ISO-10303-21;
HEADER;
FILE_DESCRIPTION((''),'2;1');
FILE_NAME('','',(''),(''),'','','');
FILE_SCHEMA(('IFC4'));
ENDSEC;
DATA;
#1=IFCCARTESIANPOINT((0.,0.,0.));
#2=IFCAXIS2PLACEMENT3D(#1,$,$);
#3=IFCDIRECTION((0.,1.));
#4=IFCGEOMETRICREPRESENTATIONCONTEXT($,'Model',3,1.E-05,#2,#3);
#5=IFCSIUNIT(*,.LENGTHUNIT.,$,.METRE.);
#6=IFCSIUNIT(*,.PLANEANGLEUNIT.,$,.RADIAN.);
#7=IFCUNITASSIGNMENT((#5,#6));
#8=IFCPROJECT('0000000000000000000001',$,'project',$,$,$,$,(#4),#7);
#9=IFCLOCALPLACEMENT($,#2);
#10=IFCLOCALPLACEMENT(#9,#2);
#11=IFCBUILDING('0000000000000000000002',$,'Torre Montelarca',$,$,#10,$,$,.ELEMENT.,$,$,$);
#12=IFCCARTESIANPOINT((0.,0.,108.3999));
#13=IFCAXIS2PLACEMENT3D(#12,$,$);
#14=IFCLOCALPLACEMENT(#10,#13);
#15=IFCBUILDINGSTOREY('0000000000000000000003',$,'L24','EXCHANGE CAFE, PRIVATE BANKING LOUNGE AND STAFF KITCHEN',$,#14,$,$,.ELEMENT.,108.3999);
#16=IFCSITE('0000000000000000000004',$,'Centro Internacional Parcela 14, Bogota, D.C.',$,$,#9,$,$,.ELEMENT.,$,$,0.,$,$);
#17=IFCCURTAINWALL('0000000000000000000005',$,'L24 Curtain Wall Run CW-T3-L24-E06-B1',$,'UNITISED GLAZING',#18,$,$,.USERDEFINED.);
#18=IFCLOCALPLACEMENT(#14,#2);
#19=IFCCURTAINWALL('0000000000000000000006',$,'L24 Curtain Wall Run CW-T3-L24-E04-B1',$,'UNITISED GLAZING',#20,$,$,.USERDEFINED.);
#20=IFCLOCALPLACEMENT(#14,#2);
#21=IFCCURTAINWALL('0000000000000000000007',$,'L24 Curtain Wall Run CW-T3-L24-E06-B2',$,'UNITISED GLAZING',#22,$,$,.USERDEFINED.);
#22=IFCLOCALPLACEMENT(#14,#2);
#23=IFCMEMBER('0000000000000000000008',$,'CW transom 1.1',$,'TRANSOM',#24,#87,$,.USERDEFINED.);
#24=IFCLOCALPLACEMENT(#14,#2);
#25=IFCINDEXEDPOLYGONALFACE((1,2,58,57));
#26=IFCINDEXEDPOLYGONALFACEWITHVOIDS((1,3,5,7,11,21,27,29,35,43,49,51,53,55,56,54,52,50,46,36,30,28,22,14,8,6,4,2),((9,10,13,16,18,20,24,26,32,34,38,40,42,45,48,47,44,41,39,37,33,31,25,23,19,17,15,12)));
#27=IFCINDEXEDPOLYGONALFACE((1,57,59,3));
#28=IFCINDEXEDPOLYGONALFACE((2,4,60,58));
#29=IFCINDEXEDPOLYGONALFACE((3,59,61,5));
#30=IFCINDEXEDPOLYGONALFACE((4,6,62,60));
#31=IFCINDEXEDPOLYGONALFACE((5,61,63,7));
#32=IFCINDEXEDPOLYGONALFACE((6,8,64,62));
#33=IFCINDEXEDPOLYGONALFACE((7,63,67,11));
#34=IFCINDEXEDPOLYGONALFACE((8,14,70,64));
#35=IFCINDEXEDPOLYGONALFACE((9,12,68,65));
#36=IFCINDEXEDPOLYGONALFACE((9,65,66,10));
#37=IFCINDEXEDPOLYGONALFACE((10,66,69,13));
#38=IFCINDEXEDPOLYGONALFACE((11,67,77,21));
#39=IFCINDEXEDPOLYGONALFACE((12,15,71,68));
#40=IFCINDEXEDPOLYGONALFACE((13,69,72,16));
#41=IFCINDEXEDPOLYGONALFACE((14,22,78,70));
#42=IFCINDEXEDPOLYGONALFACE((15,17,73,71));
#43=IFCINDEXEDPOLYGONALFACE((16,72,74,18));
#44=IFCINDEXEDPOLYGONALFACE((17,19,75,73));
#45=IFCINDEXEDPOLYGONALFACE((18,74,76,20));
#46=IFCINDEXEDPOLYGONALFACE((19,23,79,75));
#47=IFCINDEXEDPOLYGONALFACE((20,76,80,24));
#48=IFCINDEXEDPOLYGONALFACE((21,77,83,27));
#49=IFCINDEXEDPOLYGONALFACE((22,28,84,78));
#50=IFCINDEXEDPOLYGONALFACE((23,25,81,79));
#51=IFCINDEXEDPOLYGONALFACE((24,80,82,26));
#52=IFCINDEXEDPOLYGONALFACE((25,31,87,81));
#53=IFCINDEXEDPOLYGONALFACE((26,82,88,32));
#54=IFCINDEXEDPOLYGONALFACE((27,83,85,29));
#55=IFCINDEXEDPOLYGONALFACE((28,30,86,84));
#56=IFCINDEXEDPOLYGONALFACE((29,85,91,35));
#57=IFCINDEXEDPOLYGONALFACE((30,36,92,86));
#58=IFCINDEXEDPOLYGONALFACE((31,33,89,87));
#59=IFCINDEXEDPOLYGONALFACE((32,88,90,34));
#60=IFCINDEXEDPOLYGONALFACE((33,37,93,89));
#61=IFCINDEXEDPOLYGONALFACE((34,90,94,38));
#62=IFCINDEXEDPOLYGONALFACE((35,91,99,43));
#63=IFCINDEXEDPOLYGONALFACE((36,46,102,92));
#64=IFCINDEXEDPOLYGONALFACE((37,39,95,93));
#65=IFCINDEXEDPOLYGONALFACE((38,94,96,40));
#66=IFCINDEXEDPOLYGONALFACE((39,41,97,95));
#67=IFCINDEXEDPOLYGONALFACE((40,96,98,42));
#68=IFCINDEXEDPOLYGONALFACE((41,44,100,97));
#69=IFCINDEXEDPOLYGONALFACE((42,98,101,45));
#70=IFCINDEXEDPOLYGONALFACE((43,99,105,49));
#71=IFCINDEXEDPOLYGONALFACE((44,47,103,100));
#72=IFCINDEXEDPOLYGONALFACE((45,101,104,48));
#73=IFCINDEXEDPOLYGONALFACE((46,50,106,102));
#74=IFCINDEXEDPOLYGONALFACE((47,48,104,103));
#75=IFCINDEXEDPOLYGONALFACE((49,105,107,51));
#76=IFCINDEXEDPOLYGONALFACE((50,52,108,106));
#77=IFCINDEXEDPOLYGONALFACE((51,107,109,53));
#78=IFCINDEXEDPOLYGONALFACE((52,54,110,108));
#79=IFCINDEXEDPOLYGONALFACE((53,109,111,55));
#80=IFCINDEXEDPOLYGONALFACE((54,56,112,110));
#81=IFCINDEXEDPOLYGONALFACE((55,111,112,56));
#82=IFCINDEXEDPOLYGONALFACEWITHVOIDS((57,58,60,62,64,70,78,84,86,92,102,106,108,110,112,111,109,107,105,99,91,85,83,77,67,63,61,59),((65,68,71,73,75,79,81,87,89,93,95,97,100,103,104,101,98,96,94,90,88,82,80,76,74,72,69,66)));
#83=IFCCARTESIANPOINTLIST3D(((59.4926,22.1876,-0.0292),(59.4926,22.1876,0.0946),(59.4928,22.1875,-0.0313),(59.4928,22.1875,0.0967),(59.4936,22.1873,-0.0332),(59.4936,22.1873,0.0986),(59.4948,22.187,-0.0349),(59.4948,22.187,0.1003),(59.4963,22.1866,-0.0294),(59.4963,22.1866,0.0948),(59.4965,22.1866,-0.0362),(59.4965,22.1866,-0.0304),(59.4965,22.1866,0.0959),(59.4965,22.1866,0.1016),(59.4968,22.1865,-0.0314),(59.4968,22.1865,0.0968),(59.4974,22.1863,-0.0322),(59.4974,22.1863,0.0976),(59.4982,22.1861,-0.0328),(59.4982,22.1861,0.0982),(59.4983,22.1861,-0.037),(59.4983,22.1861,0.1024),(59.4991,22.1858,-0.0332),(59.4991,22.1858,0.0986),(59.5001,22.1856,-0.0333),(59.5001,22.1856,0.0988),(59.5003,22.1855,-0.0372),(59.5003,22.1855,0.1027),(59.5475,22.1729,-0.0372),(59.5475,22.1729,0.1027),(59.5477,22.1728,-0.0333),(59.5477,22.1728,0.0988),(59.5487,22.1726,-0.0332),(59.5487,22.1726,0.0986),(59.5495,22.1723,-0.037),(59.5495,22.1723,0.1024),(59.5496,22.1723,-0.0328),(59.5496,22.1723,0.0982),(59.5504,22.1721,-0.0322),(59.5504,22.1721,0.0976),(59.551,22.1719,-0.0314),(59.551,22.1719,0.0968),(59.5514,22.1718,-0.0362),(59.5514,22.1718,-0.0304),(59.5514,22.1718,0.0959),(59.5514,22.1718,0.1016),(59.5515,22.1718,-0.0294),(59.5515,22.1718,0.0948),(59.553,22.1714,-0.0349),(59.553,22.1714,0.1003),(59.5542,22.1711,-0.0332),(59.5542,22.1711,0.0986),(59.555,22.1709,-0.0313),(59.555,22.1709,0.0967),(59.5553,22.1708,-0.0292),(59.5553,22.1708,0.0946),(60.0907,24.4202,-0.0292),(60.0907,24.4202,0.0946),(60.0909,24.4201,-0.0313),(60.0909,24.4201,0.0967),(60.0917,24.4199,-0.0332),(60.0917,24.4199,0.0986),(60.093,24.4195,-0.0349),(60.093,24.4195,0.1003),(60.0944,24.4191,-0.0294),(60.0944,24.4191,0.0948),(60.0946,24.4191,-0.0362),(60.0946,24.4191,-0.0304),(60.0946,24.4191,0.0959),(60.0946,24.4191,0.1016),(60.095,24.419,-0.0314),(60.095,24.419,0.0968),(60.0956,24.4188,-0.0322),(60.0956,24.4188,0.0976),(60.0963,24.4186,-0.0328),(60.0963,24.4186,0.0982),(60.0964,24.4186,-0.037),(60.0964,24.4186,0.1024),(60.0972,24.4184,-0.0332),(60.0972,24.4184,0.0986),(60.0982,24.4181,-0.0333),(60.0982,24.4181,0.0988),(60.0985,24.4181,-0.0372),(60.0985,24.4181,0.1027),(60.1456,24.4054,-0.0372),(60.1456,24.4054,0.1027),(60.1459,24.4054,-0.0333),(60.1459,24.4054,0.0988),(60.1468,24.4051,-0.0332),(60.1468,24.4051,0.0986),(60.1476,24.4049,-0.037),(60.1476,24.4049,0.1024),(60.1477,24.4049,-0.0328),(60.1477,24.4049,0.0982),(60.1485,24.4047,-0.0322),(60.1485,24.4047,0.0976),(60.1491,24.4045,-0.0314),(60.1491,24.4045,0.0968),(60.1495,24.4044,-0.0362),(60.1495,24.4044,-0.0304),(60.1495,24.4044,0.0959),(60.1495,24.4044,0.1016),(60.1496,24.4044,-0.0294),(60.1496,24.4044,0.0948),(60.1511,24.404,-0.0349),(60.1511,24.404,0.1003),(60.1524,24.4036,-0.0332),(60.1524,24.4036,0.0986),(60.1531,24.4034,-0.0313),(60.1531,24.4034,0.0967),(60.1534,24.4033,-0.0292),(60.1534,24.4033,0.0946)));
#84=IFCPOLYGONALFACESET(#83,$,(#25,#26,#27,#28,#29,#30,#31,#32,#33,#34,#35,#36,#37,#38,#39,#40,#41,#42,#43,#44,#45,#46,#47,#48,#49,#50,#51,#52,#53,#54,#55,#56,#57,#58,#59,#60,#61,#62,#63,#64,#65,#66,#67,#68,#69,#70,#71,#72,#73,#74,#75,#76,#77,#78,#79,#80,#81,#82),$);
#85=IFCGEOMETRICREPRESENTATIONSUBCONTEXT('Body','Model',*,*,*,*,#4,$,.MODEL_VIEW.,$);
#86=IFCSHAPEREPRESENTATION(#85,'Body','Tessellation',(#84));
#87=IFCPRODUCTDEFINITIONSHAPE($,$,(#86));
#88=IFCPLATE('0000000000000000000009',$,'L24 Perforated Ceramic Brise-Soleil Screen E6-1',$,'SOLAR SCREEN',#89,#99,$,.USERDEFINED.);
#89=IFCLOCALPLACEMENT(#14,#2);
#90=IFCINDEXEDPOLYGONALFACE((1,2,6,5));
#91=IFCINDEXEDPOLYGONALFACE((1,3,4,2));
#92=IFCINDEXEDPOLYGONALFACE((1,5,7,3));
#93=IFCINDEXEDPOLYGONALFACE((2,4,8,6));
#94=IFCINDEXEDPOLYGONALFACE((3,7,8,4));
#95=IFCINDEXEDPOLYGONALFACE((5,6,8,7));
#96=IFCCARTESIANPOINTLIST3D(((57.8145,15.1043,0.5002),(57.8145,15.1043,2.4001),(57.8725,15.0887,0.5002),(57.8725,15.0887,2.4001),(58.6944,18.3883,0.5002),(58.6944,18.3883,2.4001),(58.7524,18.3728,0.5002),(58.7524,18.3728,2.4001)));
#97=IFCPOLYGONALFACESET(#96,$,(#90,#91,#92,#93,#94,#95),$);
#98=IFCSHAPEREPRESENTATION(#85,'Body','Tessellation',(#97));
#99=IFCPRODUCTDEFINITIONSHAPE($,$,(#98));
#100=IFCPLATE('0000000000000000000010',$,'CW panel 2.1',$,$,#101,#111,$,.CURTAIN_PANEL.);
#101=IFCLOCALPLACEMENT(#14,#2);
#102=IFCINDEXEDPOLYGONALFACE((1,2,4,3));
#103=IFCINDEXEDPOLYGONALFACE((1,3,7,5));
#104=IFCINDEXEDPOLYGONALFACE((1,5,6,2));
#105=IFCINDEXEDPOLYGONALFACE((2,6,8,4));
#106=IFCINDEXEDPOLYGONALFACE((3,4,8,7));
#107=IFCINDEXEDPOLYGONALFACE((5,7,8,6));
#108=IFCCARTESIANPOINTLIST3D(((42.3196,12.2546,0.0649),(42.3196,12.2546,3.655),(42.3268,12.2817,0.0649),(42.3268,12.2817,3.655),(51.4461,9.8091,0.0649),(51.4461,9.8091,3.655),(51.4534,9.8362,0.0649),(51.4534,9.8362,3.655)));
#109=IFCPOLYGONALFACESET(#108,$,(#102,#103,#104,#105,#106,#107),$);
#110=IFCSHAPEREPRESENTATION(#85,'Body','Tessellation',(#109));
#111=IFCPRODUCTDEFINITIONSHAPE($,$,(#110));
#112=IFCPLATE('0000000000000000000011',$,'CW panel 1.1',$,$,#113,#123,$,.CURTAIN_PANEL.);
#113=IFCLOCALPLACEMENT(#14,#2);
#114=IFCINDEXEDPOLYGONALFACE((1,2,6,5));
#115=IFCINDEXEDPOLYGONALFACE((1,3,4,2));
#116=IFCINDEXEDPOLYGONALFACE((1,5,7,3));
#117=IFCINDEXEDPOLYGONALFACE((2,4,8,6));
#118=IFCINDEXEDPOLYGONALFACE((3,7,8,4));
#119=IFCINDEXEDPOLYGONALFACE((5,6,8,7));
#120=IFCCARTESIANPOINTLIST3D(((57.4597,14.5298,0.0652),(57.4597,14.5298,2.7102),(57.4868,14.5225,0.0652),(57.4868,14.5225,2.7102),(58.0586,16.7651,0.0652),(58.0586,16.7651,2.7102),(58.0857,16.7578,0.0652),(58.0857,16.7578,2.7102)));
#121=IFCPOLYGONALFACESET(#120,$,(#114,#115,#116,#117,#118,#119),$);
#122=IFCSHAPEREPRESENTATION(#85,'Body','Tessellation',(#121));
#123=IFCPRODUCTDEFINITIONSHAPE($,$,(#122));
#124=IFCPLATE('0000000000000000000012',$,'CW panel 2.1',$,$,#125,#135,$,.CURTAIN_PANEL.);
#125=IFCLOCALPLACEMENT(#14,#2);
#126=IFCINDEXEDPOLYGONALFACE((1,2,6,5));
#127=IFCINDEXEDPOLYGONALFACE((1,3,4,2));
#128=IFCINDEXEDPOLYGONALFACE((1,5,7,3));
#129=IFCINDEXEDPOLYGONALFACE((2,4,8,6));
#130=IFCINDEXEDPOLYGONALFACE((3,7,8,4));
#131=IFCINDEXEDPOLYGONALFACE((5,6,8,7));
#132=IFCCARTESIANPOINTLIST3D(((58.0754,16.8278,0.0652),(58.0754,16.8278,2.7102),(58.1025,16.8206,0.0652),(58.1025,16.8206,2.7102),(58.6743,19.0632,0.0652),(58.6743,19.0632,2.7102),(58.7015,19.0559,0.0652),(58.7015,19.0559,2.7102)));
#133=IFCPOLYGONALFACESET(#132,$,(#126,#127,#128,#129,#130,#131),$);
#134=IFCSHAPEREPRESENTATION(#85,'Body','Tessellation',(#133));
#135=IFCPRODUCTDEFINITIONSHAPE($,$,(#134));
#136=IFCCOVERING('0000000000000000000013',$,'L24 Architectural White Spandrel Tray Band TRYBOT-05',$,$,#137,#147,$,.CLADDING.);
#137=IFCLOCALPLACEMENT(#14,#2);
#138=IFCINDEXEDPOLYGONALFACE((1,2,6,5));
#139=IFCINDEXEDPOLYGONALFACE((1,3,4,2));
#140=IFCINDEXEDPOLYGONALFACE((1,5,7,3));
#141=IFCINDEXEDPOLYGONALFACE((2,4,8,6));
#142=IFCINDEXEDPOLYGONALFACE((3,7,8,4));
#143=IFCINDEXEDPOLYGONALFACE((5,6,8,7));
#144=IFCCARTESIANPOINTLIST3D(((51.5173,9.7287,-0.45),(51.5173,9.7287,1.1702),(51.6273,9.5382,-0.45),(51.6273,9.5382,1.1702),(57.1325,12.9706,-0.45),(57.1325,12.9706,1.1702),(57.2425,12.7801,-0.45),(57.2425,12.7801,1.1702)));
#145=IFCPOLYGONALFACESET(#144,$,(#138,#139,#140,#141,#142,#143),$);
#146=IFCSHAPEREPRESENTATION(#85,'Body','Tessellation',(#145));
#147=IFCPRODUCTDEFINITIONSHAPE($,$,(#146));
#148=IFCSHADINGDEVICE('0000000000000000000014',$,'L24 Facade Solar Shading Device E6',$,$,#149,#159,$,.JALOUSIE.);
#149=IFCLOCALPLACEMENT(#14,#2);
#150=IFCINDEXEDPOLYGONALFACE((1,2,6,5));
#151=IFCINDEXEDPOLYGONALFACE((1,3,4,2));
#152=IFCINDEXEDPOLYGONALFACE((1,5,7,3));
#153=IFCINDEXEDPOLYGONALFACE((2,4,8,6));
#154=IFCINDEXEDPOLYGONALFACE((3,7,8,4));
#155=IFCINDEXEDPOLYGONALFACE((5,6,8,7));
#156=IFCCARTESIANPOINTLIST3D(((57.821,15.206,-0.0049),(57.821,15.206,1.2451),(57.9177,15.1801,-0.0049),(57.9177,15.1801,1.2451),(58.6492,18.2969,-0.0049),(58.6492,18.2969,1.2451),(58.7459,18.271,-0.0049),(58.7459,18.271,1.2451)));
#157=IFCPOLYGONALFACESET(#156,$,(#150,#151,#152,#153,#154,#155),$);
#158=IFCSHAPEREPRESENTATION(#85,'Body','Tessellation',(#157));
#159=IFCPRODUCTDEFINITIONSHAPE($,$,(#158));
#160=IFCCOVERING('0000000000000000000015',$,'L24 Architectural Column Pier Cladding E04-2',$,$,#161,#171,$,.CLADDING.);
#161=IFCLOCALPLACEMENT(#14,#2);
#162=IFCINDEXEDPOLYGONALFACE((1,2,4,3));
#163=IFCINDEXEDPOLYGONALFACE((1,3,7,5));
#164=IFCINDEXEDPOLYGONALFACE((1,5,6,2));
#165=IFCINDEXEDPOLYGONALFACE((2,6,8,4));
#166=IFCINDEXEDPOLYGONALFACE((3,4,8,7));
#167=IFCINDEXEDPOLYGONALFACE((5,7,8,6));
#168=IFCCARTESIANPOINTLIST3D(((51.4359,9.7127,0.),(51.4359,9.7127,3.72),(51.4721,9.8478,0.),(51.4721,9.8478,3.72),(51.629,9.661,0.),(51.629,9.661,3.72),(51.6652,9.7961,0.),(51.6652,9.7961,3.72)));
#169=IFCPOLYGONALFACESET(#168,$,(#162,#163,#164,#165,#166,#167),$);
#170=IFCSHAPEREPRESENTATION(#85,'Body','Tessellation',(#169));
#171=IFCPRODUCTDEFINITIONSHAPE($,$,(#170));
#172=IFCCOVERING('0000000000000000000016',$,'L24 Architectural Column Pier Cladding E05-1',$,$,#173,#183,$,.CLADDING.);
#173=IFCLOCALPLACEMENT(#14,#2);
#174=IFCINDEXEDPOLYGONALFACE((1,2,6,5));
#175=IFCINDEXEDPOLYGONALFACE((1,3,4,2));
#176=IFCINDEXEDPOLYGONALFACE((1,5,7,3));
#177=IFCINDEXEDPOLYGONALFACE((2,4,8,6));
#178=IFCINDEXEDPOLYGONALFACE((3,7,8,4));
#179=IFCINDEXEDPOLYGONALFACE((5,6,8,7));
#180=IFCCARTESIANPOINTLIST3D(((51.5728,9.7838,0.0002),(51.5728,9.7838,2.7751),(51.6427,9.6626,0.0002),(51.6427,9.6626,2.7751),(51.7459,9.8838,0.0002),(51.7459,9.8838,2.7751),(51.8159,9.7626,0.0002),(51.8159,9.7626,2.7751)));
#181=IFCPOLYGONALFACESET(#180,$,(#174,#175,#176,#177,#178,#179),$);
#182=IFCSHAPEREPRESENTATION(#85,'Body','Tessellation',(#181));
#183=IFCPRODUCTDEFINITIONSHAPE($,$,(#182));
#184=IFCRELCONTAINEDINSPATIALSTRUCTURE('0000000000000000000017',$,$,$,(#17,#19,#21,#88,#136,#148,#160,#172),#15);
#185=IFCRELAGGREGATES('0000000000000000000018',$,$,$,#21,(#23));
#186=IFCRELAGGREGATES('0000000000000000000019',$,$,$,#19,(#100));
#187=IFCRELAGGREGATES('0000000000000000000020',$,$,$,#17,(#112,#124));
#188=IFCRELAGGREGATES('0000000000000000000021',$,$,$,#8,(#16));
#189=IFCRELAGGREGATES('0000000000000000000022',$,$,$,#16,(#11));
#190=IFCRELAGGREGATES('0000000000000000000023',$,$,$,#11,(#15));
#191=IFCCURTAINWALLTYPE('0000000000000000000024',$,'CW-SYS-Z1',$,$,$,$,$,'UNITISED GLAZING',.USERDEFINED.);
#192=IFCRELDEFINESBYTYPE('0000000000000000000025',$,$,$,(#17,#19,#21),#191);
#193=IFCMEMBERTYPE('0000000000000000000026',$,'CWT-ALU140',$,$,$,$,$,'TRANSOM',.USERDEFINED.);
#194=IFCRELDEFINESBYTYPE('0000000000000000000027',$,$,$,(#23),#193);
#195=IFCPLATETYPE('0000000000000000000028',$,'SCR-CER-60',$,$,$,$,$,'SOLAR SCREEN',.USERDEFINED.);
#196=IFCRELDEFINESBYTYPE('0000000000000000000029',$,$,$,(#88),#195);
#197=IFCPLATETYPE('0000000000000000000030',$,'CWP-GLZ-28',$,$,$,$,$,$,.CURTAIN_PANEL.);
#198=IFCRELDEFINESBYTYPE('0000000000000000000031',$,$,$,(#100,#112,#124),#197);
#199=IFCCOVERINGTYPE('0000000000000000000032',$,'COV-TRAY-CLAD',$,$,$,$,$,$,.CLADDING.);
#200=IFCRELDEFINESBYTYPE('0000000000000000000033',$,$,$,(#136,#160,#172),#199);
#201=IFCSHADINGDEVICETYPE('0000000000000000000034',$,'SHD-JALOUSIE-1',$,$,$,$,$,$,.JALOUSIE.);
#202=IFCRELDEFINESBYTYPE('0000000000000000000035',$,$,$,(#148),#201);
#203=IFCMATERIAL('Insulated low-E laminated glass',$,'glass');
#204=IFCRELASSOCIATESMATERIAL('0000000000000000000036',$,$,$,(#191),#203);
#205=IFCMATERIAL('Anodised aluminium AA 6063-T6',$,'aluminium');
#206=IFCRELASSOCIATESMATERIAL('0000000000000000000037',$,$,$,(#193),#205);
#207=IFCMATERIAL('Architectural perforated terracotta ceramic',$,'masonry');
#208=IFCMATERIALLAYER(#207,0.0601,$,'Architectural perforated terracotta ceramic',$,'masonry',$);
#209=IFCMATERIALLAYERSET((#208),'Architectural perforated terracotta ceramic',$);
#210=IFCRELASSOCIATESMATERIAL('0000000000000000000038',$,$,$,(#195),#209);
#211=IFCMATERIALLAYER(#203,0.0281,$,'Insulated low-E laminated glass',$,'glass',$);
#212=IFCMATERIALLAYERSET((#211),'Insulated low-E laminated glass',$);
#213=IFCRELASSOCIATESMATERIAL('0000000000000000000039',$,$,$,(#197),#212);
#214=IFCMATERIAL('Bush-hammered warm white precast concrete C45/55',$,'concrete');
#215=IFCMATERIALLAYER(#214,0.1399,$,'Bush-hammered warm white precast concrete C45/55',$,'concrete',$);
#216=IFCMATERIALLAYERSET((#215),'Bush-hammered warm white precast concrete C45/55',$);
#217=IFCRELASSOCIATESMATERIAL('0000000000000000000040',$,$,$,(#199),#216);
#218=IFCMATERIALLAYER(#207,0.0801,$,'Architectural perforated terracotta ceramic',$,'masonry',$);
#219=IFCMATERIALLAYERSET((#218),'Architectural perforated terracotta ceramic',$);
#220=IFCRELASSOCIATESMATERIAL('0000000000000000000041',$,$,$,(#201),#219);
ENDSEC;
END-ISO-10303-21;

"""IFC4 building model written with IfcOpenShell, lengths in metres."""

from ifc_helpers import new_model, si_unit, direction, frame, origin, origin_2d, place, context, subcontext, project, spatial, rectangle, hollow_rectangle, extrude, source, transform, mapped, material, layer, layer_set, material_profile, profile_set, type_object, element, aggregate, save


model = new_model("IFC4")

# Units and contexts
model_context = context("Model", 3, precision=1e-05, world=origin(), true_north=direction((0.0, 1.0)))
body_context = subcontext(model_context, "Body", "Model", "MODEL_VIEW")
ifc_project = project(units=[si_unit("LENGTHUNIT", "METRE"), si_unit("PLANEANGLEUNIT", "RADIAN")], contexts=[model_context])

# Site, building, storey
site_placement = place(None, origin())
site = spatial("IfcSite", under=ifc_project, at=site_placement, Name="Centro Internacional Parcela 14, Bogota, D.C.", CompositionType="ELEMENT", RefElevation=0.0)
building_placement = place(site_placement, origin())
building = spatial("IfcBuilding", under=site, at=building_placement, Name="Torre Montelarca", CompositionType="ELEMENT")
storey_placement = place(building_placement, frame((0.0, 0.0, 108.3999)))
storey = spatial("IfcBuildingStorey", under=building, at=storey_placement, Name="L24", Description="EXCHANGE CAFE, PRIVATE BANKING LOUNGE AND STAFF KITCHEN", CompositionType="ELEMENT", Elevation=108.3999)

# Curtain wall
ifc_material_1 = material(Name="Insulated low-E laminated glass", Category="glass")
curtain_wall_type = type_object("IfcCurtainWallType", Name="CW-SYS-Z1", ElementType="UNITISED GLAZING", PredefinedType="USERDEFINED", material=ifc_material_1)
curtain_wall_1_placement = place(storey_placement, origin())
curtain_wall_1 = element("IfcCurtainWall", 1, at=curtain_wall_1_placement, inside=storey, type_object=curtain_wall_type, Name="L24 Curtain Wall Run CW-T3-L24-E06-B1", ObjectType="UNITISED GLAZING", PredefinedType="USERDEFINED")
ifc_material_2 = material(Name="Anodised aluminium AA 6063-T6", Category="aluminium")
ifc_material_profile_1 = material_profile(ifc_material_2, hollow_rectangle(XDim=0.0649, YDim=0.1399, WallThickness=0.0039, InnerFilletRadius=0.0039, OuterFilletRadius=0.0081, at=origin_2d()), Name="ALU65X140X4", Category="aluminium")
ifc_profile_set_1 = profile_set([ifc_material_profile_1], Name="Anodised aluminium AA 6063-T6")
member_type_1 = type_object("IfcMemberType", Name="CWT-ALU140", ElementType="TRANSOM", PredefinedType="USERDEFINED", material=ifc_profile_set_1)

# Curtain wall
curtain_wall_2_placement = place(storey_placement, origin())
curtain_wall_2 = element("IfcCurtainWall", 2, at=curtain_wall_2_placement, inside=storey, type_object=curtain_wall_type, Name="L24 Curtain Wall Run CW-T3-L24-E04-B1", ObjectType="UNITISED GLAZING", PredefinedType="USERDEFINED")

# Curtain wall
curtain_wall_3_placement = place(storey_placement, origin())
curtain_wall_3 = element("IfcCurtainWall", 3, at=curtain_wall_3_placement, inside=storey, type_object=curtain_wall_type, Name="L24 Curtain Wall Run CW-T3-L24-E06-B2", ObjectType="UNITISED GLAZING", PredefinedType="USERDEFINED")

# Member
shared_shape_1 = source(origin(), body_context, "Body", "SweptSolid", [
    extrude(hollow_rectangle(XDim=0.0649, YDim=0.1399, WallThickness=0.0039, InnerFilletRadius=0.0039, OuterFilletRadius=0.0081, at=origin_2d()), origin(), (0.0, 0.0, 1.0), 2.3113),
])
member_1_placement = place(storey_placement, frame((59.5239, 22.1792, 0.0327), z_axis=(0.25878, 0.965936, 0.0), x_axis=(-0.965936, 0.25878, 0.0)))
member_1 = element("IfcMember", 4, at=member_1_placement, type_object=member_type_1, Name="CW transom 1.1", ObjectType="TRANSOM", PredefinedType="USERDEFINED", context=body_context, shape_type="MappedRepresentation", body=[
    mapped(shared_shape_1, transform((0.0, 0.0, 0.0), scale=1.0)),
])
aggregate(curtain_wall_3, [member_1])

# Plates
ifc_material_3 = material(Name="Architectural perforated terracotta ceramic", Category="masonry")
ifc_layer_1 = layer(ifc_material_3, 0.0601, Name="Architectural perforated terracotta ceramic", Category="masonry")
ifc_layer_set_1 = layer_set([ifc_layer_1], Name="Architectural perforated terracotta ceramic")
plate_type_1 = type_object("IfcPlateType", Name="SCR-CER-60", ElementType="SOLAR SCREEN", PredefinedType="USERDEFINED", material=ifc_layer_set_1)
shared_shape_2 = source(origin(), body_context, "Body", "SweptSolid", [
    extrude(rectangle(XDim=3.3999, YDim=0.0601, at=origin_2d()), origin(), (0.0, 0.0, 1.0), 1.8999),
])
plate_1_placement = place(storey_placement, frame((58.2834, 16.7385, 0.5002), z_axis=(0.0, 0.0, 1.0), x_axis=(0.258819, 0.965926, 0.0)))
element("IfcPlate", 5, at=plate_1_placement, inside=storey, type_object=plate_type_1, Name="L24 Perforated Ceramic Brise-Soleil Screen E6-1", ObjectType="SOLAR SCREEN", PredefinedType="USERDEFINED", context=body_context, shape_type="MappedRepresentation", body=[
    mapped(shared_shape_2, transform((0.0, 0.0, 0.0), scale=1.0)),
])
ifc_layer_2 = layer(ifc_material_1, 0.0281, Name="Insulated low-E laminated glass", Category="glass")
ifc_layer_set_2 = layer_set([ifc_layer_2], Name="Insulated low-E laminated glass")
plate_type_2 = type_object("IfcPlateType", Name="CWP-GLZ-28", PredefinedType="CURTAIN_PANEL", material=ifc_layer_set_2)
shared_shape_3 = source(origin(), body_context, "Body", "SweptSolid", [
    extrude(rectangle(XDim=9.4485, YDim=0.0281, at=origin_2d()), origin(), (0.0, 0.0, 1.0), 3.5901),
])
plate_2_placement = place(storey_placement, frame((46.8865, 11.0454, 0.0649), z_axis=(0.0, 0.0, 1.0), x_axis=(0.965925, -0.258823, 0.0)))
plate_2 = element("IfcPlate", 6, at=plate_2_placement, type_object=plate_type_2, Name="CW panel 2.1", PredefinedType="CURTAIN_PANEL", context=body_context, shape_type="MappedRepresentation", body=[
    mapped(shared_shape_3, transform((0.0, 0.0, 0.0), scale=1.0)),
])
aggregate(curtain_wall_2, [plate_2])
shared_shape_4 = source(origin(), body_context, "Body", "SweptSolid", [
    extrude(rectangle(XDim=2.3142, YDim=0.0281, at=origin_2d()), origin(), (0.0, 0.0, 1.0), 2.645),
])
plate_3_placement = place(storey_placement, frame((57.7727, 15.6438, 0.0652), z_axis=(0.0, 0.0, 1.0), x_axis=(0.258813, 0.965927, 0.0)))
plate_3 = element("IfcPlate", 7, at=plate_3_placement, type_object=plate_type_2, Name="CW panel 1.1", PredefinedType="CURTAIN_PANEL", context=body_context, shape_type="MappedRepresentation", body=[
    mapped(shared_shape_4, transform((0.0, 0.0, 0.0), scale=1.0)),
])
plate_4_placement = place(storey_placement, frame((58.3884, 17.9419, 0.0652), z_axis=(0.0, 0.0, 1.0), x_axis=(0.258813, 0.965927, 0.0)))
plate_4 = element("IfcPlate", 8, at=plate_4_placement, type_object=plate_type_2, Name="CW panel 2.1", PredefinedType="CURTAIN_PANEL", context=body_context, shape_type="MappedRepresentation", body=[
    mapped(shared_shape_4, transform((0.0, 0.0, 0.0), scale=1.0)),
])
aggregate(curtain_wall_1, [plate_3, plate_4])

# Covering
ifc_material_4 = material(Name="Bush-hammered warm white precast concrete C45/55", Category="concrete")
ifc_layer_3 = layer(ifc_material_4, 0.1399, Name="Bush-hammered warm white precast concrete C45/55", Category="concrete")
ifc_layer_set_3 = layer_set([ifc_layer_3], Name="Bush-hammered warm white precast concrete C45/55")
covering_type = type_object("IfcCoveringType", Name="COV-TRAY-CLAD", PredefinedType="CLADDING", material=ifc_layer_set_3)
shared_shape_5 = source(origin(), body_context, "Body", "SweptSolid", [
    extrude(rectangle(XDim=6.4839, YDim=0.22, at=origin_2d()), origin(), (0.0, 0.0, 1.0), 1.6201),
])
covering_1_placement = place(storey_placement, frame((54.3799, 11.2544, -0.45), z_axis=(0.0, 0.0, 1.0), x_axis=(0.866026, 0.499998, 0.0)))
element("IfcCovering", 9, at=covering_1_placement, inside=storey, type_object=covering_type, Name="L24 Architectural White Spandrel Tray Band TRYBOT-05", PredefinedType="CLADDING", context=body_context, shape_type="MappedRepresentation", body=[
    mapped(shared_shape_5, transform((0.0, 0.0, 0.0), scale=1.0)),
])

# Shading device
ifc_layer_4 = layer(ifc_material_3, 0.0801, Name="Architectural perforated terracotta ceramic", Category="masonry")
ifc_layer_set_4 = layer_set([ifc_layer_4], Name="Architectural perforated terracotta ceramic")
shading_device_type = type_object("IfcShadingDeviceType", Name="SHD-JALOUSIE-1", PredefinedType="JALOUSIE", material=ifc_layer_set_4)
shared_shape_6 = source(origin(), body_context, "Body", "SweptSolid", [
    extrude(rectangle(XDim=3.2, YDim=0.1001, at=origin_2d()), origin(), (0.0, 0.0, 1.0), 1.25),
])
shading_device_placement = place(storey_placement, frame((58.2834, 16.7385, -0.0049), z_axis=(0.0, 0.0, 1.0), x_axis=(0.258819, 0.965926, 0.0)))
element("IfcShadingDevice", 10, at=shading_device_placement, inside=storey, type_object=shading_device_type, Name="L24 Facade Solar Shading Device E6", PredefinedType="JALOUSIE", context=body_context, shape_type="MappedRepresentation", body=[
    mapped(shared_shape_6, transform((0.0, 0.0, 0.0), scale=1.0)),
])

# Coverings
shared_shape_7 = source(origin(), body_context, "Body", "SweptSolid", [
    extrude(rectangle(XDim=0.2, YDim=0.1399, at=origin_2d()), origin(), (0.0, 0.0, 1.0), 3.72),
])
covering_2_placement = place(storey_placement, frame((51.5505, 9.7544, 0.0), z_axis=(0.0, 0.0, 1.0), x_axis=(0.965924, -0.258824, 0.0)))
element("IfcCovering", 11, at=covering_2_placement, inside=storey, type_object=covering_type, Name="L24 Architectural Column Pier Cladding E04-2", PredefinedType="CLADDING", context=body_context, shape_type="MappedRepresentation", body=[
    mapped(shared_shape_7, transform((0.0, 0.0, 0.0), scale=1.0)),
])
shared_shape_8 = source(origin(), body_context, "Body", "SweptSolid", [
    extrude(rectangle(XDim=0.2, YDim=0.1399, at=origin_2d()), origin(), (0.0, 0.0, 1.0), 2.7749),
])
covering_3_placement = place(storey_placement, frame((51.6943, 9.7732, 0.0002), z_axis=(0.0, 0.0, 1.0), x_axis=(0.866025, 0.500002, 0.0)))
element("IfcCovering", 12, at=covering_3_placement, inside=storey, type_object=covering_type, Name="L24 Architectural Column Pier Cladding E05-1", PredefinedType="CLADDING", context=body_context, shape_type="MappedRepresentation", body=[
    mapped(shared_shape_8, transform((0.0, 0.0, 0.0), scale=1.0)),
])

save(model, "model.ifc")
